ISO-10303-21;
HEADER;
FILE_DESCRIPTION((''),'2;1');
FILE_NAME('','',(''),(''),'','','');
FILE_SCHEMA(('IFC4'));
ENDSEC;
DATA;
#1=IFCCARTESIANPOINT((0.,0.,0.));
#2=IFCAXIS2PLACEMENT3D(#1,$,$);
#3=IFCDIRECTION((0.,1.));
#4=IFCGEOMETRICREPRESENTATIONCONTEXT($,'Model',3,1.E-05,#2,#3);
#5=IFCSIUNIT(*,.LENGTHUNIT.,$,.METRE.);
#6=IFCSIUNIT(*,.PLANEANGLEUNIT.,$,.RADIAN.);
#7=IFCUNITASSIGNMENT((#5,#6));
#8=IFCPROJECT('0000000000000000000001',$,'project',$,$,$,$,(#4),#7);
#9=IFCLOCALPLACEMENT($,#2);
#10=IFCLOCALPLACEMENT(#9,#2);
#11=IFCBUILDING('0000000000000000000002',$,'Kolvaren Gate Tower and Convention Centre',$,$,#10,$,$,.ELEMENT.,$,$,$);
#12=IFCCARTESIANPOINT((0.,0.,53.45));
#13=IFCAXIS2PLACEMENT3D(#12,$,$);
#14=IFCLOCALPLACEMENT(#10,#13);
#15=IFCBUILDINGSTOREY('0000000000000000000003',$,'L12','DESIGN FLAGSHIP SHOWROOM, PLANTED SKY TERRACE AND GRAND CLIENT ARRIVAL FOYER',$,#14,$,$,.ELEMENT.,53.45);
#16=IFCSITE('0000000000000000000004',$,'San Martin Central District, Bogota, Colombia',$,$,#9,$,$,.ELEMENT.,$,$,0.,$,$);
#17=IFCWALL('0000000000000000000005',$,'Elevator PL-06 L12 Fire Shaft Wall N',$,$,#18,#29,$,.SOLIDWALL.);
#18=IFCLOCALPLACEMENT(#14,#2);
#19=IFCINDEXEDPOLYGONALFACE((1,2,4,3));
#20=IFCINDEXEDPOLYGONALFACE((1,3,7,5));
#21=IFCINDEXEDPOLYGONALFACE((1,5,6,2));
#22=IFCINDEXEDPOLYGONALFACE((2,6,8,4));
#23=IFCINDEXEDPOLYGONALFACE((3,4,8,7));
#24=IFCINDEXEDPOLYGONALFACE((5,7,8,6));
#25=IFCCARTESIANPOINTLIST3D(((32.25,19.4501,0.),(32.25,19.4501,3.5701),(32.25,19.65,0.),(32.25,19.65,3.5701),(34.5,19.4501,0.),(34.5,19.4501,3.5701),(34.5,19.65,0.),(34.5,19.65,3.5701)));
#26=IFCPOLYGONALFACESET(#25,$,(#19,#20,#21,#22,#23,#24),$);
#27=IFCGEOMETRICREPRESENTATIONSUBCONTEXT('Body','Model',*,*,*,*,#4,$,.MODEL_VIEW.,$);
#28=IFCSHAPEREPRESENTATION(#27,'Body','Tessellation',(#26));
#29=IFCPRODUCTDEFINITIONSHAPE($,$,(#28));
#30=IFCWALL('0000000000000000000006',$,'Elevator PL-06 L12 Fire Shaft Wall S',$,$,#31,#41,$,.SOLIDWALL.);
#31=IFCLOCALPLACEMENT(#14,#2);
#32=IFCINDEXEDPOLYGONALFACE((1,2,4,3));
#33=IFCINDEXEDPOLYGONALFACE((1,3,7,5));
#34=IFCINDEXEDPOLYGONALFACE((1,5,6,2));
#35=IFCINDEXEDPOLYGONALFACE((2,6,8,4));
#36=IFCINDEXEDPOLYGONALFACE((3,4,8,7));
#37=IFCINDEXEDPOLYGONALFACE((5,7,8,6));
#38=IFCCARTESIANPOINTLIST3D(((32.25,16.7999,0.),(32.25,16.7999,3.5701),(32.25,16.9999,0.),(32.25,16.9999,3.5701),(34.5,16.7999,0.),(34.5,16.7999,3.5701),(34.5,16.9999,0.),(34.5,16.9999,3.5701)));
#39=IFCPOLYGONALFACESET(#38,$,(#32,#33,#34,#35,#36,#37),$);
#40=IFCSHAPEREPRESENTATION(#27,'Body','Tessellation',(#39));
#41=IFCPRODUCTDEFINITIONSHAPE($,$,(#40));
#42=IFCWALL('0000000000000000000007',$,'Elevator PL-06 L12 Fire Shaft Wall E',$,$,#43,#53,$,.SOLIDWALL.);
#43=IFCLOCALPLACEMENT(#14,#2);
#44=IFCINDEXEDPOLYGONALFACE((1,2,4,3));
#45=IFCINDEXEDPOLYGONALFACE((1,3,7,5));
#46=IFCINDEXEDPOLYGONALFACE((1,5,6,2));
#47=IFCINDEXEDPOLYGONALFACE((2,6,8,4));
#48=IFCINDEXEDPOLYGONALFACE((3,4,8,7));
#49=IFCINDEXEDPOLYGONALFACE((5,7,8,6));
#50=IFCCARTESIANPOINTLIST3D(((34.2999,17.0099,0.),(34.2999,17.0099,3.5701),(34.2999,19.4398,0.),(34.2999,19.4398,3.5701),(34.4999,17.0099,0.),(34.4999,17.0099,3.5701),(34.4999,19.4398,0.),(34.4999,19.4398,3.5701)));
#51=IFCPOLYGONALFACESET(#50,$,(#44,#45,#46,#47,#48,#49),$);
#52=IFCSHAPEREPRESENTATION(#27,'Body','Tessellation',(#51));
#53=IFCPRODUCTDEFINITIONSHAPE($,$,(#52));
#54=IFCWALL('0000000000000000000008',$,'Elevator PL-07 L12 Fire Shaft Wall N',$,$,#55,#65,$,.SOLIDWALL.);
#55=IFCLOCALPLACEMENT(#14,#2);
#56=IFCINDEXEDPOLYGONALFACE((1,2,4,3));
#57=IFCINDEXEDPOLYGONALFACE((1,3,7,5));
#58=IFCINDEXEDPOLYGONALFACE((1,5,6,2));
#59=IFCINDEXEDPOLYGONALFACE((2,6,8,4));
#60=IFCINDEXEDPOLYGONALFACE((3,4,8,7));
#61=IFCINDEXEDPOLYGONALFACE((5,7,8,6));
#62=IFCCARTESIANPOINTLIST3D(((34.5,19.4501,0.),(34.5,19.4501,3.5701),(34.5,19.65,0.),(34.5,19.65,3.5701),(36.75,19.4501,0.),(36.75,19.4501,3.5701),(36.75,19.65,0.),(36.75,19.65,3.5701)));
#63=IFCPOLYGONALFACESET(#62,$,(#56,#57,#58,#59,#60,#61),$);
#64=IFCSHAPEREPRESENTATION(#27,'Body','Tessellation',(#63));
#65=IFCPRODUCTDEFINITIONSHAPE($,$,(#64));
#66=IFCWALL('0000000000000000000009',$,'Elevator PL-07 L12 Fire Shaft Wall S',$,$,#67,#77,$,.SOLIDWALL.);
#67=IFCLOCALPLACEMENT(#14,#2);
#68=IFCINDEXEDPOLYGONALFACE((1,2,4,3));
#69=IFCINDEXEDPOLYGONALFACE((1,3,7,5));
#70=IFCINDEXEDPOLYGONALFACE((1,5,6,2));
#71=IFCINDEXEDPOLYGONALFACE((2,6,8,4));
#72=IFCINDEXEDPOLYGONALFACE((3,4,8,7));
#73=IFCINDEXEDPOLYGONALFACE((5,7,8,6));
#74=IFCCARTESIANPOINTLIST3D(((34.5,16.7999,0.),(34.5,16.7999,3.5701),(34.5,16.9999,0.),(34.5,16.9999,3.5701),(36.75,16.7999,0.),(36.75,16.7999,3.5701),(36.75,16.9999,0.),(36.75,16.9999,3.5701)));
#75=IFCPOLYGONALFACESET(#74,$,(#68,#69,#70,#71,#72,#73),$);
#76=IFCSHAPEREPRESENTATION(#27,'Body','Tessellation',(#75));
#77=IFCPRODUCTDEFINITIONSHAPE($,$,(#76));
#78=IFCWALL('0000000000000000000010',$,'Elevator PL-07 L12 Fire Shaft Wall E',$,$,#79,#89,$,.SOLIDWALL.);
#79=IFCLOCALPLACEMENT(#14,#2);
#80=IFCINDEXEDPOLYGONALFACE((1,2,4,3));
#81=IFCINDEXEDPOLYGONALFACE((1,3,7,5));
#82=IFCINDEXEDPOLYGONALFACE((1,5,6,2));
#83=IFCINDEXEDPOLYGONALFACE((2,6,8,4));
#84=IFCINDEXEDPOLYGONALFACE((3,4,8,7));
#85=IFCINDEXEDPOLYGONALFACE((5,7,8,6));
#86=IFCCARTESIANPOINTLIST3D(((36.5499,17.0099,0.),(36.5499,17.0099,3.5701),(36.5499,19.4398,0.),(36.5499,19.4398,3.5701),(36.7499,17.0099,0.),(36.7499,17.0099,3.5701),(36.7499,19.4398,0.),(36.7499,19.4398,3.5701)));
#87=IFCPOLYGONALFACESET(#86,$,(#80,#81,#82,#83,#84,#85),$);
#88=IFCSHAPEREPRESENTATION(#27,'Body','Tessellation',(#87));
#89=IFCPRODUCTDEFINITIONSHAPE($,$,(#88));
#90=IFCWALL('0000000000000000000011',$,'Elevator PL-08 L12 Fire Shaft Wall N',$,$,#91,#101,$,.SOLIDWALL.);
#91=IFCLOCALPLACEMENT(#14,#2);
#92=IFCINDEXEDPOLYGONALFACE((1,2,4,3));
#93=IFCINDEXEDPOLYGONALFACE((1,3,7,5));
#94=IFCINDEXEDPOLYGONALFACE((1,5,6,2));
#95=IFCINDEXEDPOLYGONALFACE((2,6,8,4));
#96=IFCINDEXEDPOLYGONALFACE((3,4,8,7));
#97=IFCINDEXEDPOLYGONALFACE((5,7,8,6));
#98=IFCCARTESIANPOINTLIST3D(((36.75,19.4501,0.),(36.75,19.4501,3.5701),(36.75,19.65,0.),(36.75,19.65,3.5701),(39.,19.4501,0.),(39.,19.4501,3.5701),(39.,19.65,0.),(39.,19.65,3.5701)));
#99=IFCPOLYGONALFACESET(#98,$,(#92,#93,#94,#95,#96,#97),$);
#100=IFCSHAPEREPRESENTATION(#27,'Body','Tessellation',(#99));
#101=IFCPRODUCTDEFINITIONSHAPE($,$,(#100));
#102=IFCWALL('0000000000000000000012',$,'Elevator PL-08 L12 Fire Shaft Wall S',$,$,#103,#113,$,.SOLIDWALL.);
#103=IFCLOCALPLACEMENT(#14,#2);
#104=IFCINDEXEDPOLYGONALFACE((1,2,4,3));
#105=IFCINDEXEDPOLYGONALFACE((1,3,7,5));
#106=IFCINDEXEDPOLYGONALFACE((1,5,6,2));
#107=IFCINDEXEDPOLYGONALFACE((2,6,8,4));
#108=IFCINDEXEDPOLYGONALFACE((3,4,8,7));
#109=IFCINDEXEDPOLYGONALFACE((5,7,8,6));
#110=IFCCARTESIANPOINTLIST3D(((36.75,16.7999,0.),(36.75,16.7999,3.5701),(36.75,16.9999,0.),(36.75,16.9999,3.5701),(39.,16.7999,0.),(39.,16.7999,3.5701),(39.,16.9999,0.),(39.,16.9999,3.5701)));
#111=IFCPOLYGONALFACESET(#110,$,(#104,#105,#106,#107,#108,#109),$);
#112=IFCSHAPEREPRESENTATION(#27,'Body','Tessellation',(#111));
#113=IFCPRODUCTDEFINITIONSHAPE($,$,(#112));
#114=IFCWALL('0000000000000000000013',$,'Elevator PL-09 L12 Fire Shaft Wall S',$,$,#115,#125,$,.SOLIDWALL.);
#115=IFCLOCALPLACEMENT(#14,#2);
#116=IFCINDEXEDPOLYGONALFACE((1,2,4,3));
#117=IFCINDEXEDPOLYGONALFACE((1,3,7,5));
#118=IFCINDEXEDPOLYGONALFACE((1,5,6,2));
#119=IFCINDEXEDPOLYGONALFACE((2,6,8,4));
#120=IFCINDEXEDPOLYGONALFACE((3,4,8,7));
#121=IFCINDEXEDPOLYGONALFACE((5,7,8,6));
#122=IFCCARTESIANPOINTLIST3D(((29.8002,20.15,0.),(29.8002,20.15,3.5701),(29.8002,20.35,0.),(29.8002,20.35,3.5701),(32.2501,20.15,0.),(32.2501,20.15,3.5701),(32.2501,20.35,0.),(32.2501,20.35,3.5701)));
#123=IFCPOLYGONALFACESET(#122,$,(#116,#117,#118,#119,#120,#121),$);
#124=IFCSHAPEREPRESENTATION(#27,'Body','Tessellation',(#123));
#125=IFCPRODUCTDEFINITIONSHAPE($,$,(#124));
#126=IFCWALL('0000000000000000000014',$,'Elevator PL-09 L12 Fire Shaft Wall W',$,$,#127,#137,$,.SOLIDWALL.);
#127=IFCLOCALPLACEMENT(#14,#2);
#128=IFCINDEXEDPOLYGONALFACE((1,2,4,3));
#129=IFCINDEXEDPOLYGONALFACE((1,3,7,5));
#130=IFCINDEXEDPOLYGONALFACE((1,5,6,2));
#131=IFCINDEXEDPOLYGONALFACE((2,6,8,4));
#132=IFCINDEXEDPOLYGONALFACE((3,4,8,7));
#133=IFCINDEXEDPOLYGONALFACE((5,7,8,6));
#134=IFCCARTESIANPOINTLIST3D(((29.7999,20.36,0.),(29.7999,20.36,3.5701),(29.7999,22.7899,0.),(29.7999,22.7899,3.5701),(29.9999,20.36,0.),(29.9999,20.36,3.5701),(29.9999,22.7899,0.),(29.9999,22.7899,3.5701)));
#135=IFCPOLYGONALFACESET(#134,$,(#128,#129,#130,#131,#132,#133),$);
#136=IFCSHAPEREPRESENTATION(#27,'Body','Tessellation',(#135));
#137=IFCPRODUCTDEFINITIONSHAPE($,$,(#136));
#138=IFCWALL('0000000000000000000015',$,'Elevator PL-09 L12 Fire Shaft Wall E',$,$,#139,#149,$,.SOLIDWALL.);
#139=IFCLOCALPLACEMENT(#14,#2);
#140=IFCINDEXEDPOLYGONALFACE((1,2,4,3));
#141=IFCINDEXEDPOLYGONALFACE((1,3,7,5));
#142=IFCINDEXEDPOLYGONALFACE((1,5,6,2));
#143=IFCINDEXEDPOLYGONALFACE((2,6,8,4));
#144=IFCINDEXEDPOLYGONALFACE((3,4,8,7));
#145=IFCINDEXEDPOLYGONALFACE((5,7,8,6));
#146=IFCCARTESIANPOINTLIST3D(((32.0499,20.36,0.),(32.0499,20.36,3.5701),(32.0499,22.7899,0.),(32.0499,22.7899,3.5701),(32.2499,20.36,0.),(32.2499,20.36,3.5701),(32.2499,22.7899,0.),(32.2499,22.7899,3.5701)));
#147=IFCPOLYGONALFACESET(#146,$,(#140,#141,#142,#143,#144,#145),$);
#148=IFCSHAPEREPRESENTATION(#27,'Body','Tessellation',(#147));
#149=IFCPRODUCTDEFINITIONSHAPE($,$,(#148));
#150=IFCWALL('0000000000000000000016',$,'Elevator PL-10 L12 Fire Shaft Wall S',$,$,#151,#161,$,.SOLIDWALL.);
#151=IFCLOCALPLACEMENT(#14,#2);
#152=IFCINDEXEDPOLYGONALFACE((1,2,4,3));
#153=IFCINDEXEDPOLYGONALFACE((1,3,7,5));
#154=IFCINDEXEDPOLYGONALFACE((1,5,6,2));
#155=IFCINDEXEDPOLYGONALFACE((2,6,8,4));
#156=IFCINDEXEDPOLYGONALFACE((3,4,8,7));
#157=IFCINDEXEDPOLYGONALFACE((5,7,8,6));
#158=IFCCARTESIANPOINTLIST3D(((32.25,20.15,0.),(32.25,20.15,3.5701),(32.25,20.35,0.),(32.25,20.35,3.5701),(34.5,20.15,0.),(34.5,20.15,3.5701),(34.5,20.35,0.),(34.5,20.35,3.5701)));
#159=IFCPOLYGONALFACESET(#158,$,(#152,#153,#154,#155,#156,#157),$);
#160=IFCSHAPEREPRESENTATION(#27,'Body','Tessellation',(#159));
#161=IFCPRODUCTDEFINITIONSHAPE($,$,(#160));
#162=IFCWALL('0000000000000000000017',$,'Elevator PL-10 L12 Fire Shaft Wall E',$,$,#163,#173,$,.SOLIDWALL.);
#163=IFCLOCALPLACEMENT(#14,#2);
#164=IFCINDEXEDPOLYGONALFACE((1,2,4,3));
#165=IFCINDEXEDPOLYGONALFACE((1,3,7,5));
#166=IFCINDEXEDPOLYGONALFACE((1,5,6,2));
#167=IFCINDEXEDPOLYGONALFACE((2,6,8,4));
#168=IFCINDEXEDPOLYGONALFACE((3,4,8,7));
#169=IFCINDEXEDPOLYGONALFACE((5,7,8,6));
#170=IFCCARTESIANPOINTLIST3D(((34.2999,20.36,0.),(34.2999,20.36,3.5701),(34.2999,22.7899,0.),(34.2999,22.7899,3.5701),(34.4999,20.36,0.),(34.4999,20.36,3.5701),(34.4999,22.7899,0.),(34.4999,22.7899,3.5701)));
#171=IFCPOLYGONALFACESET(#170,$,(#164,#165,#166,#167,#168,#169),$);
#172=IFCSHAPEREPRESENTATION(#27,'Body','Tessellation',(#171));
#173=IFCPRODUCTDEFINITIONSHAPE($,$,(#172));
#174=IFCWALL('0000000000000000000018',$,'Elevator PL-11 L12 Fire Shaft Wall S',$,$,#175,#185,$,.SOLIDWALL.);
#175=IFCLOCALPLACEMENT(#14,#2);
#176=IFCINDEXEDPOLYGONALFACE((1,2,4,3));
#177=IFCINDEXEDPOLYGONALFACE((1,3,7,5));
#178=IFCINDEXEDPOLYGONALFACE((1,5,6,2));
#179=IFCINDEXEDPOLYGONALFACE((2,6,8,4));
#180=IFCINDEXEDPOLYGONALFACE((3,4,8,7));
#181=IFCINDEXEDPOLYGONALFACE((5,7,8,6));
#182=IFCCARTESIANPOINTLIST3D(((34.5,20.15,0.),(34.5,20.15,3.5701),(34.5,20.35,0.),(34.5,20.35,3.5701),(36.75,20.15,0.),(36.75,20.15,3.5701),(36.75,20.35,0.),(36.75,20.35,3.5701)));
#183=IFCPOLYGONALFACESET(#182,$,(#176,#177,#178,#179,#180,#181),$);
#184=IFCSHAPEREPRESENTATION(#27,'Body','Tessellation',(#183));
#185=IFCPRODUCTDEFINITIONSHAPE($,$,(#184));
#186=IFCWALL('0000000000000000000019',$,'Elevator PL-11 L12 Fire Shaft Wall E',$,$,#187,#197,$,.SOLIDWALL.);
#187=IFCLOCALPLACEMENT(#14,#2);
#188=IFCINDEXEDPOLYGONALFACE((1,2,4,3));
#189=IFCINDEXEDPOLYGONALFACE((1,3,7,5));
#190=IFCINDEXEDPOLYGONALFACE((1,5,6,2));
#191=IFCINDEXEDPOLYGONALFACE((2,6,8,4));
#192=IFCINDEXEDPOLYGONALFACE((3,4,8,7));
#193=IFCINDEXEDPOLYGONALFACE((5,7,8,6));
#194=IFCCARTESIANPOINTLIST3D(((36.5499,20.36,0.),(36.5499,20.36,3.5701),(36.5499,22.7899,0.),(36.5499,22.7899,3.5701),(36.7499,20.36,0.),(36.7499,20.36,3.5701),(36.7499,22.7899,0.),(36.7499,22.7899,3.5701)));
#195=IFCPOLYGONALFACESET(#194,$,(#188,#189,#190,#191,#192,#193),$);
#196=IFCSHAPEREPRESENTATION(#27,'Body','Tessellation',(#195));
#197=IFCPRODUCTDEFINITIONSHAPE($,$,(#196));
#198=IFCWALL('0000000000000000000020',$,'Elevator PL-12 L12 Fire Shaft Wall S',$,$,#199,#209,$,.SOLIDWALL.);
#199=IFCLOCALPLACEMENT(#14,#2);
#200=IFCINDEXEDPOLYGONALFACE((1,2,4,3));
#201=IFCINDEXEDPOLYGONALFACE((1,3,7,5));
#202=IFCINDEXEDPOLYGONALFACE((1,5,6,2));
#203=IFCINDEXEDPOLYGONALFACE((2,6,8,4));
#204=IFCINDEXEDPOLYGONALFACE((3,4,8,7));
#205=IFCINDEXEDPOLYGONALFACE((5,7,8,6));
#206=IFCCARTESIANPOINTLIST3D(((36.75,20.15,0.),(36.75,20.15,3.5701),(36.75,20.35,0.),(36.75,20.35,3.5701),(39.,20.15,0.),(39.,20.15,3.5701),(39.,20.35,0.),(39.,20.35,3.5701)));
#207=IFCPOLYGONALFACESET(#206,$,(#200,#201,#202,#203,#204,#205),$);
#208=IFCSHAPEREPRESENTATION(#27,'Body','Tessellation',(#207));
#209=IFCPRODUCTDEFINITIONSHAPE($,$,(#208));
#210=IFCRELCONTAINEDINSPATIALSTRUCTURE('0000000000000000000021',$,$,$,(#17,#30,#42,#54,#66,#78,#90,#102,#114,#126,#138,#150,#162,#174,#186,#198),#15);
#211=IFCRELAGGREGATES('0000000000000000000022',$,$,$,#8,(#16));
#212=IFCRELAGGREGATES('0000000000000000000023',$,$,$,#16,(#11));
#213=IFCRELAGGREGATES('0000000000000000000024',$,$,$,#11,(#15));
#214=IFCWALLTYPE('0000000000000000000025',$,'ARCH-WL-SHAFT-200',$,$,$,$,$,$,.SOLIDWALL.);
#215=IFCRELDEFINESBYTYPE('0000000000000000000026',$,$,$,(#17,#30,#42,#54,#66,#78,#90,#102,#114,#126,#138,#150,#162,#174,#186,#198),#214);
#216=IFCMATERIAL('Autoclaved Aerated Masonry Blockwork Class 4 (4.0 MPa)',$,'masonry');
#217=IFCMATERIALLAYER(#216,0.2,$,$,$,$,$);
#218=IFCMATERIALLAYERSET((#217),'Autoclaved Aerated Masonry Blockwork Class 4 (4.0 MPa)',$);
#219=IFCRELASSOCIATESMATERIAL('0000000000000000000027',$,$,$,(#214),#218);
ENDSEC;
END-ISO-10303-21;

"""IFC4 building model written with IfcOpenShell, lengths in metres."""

from ifc_helpers import new_model, si_unit, direction, frame, frame_2d, origin, place, context, subcontext, project, spatial, rectangle, extrude, material, layer, layer_set, type_object, element, save


model = new_model("IFC4")

# Units and contexts
model_context = context("Model", 3, precision=1e-05, world=origin(), true_north=direction((0.0, 1.0)))
body_context = subcontext(model_context, "Body", "Model", "MODEL_VIEW")
ifc_project = project(units=[si_unit("LENGTHUNIT", "METRE"), si_unit("PLANEANGLEUNIT", "RADIAN")], contexts=[model_context])

# Site, building, storey
site_placement = place(None, origin())
site = spatial("IfcSite", under=ifc_project, at=site_placement, Name="San Martin Central District, Bogota, Colombia", CompositionType="ELEMENT", RefElevation=0.0)
building_placement = place(site_placement, origin())
building = spatial("IfcBuilding", under=site, at=building_placement, Name="Kolvaren Gate Tower and Convention Centre", CompositionType="ELEMENT")
storey_placement = place(building_placement, frame((0.0, 0.0, 53.45)))
storey = spatial("IfcBuildingStorey", under=building, at=storey_placement, Name="L12", Description="DESIGN FLAGSHIP SHOWROOM, PLANTED SKY TERRACE AND GRAND CLIENT ARRIVAL FOYER", CompositionType="ELEMENT", Elevation=53.45)

# Shared definitions
ifc_material_1 = material(Name="Autoclaved Aerated Masonry Blockwork Class 4 (4.0 MPa)", Category="masonry")

# Walls
ifc_layer_1 = layer(ifc_material_1, 0.2)
ifc_layer_set_1 = layer_set([ifc_layer_1], Name="Autoclaved Aerated Masonry Blockwork Class 4 (4.0 MPa)")
wall_type_1 = type_object("IfcWallType", Name="ARCH-WL-SHAFT-200", PredefinedType="SOLIDWALL", material=ifc_layer_set_1)
for number, where, z_axis, x_axis, name in (
    (1, (32.25, 19.55, 0.0), (0.0, 0.0, 1.0), (1.0, 0.0, 0.0), "Elevator PL-06 L12 Fire Shaft Wall N"),
    (2, (32.25, 16.8999, 0.0), (0.0, 0.0, 1.0), (1.0, 0.0, 0.0), "Elevator PL-06 L12 Fire Shaft Wall S"),
):
    element("IfcWall", number, at=place(storey_placement, frame(where, z_axis=z_axis, x_axis=x_axis)), inside=storey, type_object=wall_type_1, Name=name, PredefinedType="SOLIDWALL", context=body_context, shape_type="SweptSolid", body=[
        extrude(rectangle(XDim=2.25, YDim=0.2, at=frame_2d((1.125, 0.0))), origin(), (0.0, 0.0, 1.0), 3.5701),
    ])
wall_1_placement = place(storey_placement, frame((34.3999, 17.01, 0.0), z_axis=(0.0, 0.0, 1.0), x_axis=(0.0, 1.0, 0.0)))
element("IfcWall", 3, at=wall_1_placement, inside=storey, type_object=wall_type_1, Name="Elevator PL-06 L12 Fire Shaft Wall E", PredefinedType="SOLIDWALL", context=body_context, shape_type="SweptSolid", body=[
    extrude(rectangle(XDim=2.4299, YDim=0.2, at=frame_2d((1.2148, 0.0))), origin(), (0.0, 0.0, 1.0), 3.5701),
])
for number, where, z_axis, x_axis, name in (
    (4, (34.5, 19.55, 0.0), (0.0, 0.0, 1.0), (1.0, 0.0, 0.0), "Elevator PL-07 L12 Fire Shaft Wall N"),
    (5, (34.5, 16.8999, 0.0), (0.0, 0.0, 1.0), (1.0, 0.0, 0.0), "Elevator PL-07 L12 Fire Shaft Wall S"),
):
    element("IfcWall", number, at=place(storey_placement, frame(where, z_axis=z_axis, x_axis=x_axis)), inside=storey, type_object=wall_type_1, Name=name, PredefinedType="SOLIDWALL", context=body_context, shape_type="SweptSolid", body=[
        extrude(rectangle(XDim=2.25, YDim=0.2, at=frame_2d((1.125, 0.0))), origin(), (0.0, 0.0, 1.0), 3.5701),
    ])
wall_2_placement = place(storey_placement, frame((36.6499, 17.01, 0.0), z_axis=(0.0, 0.0, 1.0), x_axis=(0.0, 1.0, 0.0)))
element("IfcWall", 6, at=wall_2_placement, inside=storey, type_object=wall_type_1, Name="Elevator PL-07 L12 Fire Shaft Wall E", PredefinedType="SOLIDWALL", context=body_context, shape_type="SweptSolid", body=[
    extrude(rectangle(XDim=2.4299, YDim=0.2, at=frame_2d((1.2148, 0.0))), origin(), (0.0, 0.0, 1.0), 3.5701),
])
for number, where, z_axis, x_axis, name in (
    (7, (36.75, 19.55, 0.0), (0.0, 0.0, 1.0), (1.0, 0.0, 0.0), "Elevator PL-08 L12 Fire Shaft Wall N"),
    (8, (36.75, 16.8999, 0.0), (0.0, 0.0, 1.0), (1.0, 0.0, 0.0), "Elevator PL-08 L12 Fire Shaft Wall S"),
):
    element("IfcWall", number, at=place(storey_placement, frame(where, z_axis=z_axis, x_axis=x_axis)), inside=storey, type_object=wall_type_1, Name=name, PredefinedType="SOLIDWALL", context=body_context, shape_type="SweptSolid", body=[
        extrude(rectangle(XDim=2.25, YDim=0.2, at=frame_2d((1.125, 0.0))), origin(), (0.0, 0.0, 1.0), 3.5701),
    ])
wall_3_placement = place(storey_placement, frame((29.8, 20.25, 0.0), z_axis=(0.0, 0.0, 1.0), x_axis=(1.0, 0.0, 0.0)))
element("IfcWall", 9, at=wall_3_placement, inside=storey, type_object=wall_type_1, Name="Elevator PL-09 L12 Fire Shaft Wall S", PredefinedType="SOLIDWALL", context=body_context, shape_type="SweptSolid", body=[
    extrude(rectangle(XDim=2.45, YDim=0.2, at=frame_2d((1.2251, 0.0))), origin(), (0.0, 0.0, 1.0), 3.5701),
])
for number, where, z_axis, x_axis, name in (
    (10, (29.8999, 20.3601, 0.0), (0.0, 0.0, 1.0), (0.0, 1.0, 0.0), "Elevator PL-09 L12 Fire Shaft Wall W"),
    (11, (32.1499, 20.3601, 0.0), (0.0, 0.0, 1.0), (0.0, 1.0, 0.0), "Elevator PL-09 L12 Fire Shaft Wall E"),
):
    element("IfcWall", number, at=place(storey_placement, frame(where, z_axis=z_axis, x_axis=x_axis)), inside=storey, type_object=wall_type_1, Name=name, PredefinedType="SOLIDWALL", context=body_context, shape_type="SweptSolid", body=[
        extrude(rectangle(XDim=2.4299, YDim=0.2, at=frame_2d((1.2148, 0.0))), origin(), (0.0, 0.0, 1.0), 3.5701),
    ])
wall_4_placement = place(storey_placement, frame((32.25, 20.25, 0.0), z_axis=(0.0, 0.0, 1.0), x_axis=(1.0, 0.0, 0.0)))
element("IfcWall", 12, at=wall_4_placement, inside=storey, type_object=wall_type_1, Name="Elevator PL-10 L12 Fire Shaft Wall S", PredefinedType="SOLIDWALL", context=body_context, shape_type="SweptSolid", body=[
    extrude(rectangle(XDim=2.25, YDim=0.2, at=frame_2d((1.125, 0.0))), origin(), (0.0, 0.0, 1.0), 3.5701),
])
wall_5_placement = place(storey_placement, frame((34.3999, 20.3601, 0.0), z_axis=(0.0, 0.0, 1.0), x_axis=(0.0, 1.0, 0.0)))
element("IfcWall", 13, at=wall_5_placement, inside=storey, type_object=wall_type_1, Name="Elevator PL-10 L12 Fire Shaft Wall E", PredefinedType="SOLIDWALL", context=body_context, shape_type="SweptSolid", body=[
    extrude(rectangle(XDim=2.4299, YDim=0.2, at=frame_2d((1.2148, 0.0))), origin(), (0.0, 0.0, 1.0), 3.5701),
])
wall_6_placement = place(storey_placement, frame((34.5, 20.25, 0.0), z_axis=(0.0, 0.0, 1.0), x_axis=(1.0, 0.0, 0.0)))
element("IfcWall", 14, at=wall_6_placement, inside=storey, type_object=wall_type_1, Name="Elevator PL-11 L12 Fire Shaft Wall S", PredefinedType="SOLIDWALL", context=body_context, shape_type="SweptSolid", body=[
    extrude(rectangle(XDim=2.25, YDim=0.2, at=frame_2d((1.125, 0.0))), origin(), (0.0, 0.0, 1.0), 3.5701),
])
wall_7_placement = place(storey_placement, frame((36.6499, 20.3601, 0.0), z_axis=(0.0, 0.0, 1.0), x_axis=(0.0, 1.0, 0.0)))
element("IfcWall", 15, at=wall_7_placement, inside=storey, type_object=wall_type_1, Name="Elevator PL-11 L12 Fire Shaft Wall E", PredefinedType="SOLIDWALL", context=body_context, shape_type="SweptSolid", body=[
    extrude(rectangle(XDim=2.4299, YDim=0.2, at=frame_2d((1.2148, 0.0))), origin(), (0.0, 0.0, 1.0), 3.5701),
])
wall_8_placement = place(storey_placement, frame((36.75, 20.25, 0.0), z_axis=(0.0, 0.0, 1.0), x_axis=(1.0, 0.0, 0.0)))
element("IfcWall", 16, at=wall_8_placement, inside=storey, type_object=wall_type_1, Name="Elevator PL-12 L12 Fire Shaft Wall S", PredefinedType="SOLIDWALL", context=body_context, shape_type="SweptSolid", body=[
    extrude(rectangle(XDim=2.25, YDim=0.2, at=frame_2d((1.125, 0.0))), origin(), (0.0, 0.0, 1.0), 3.5701),
])

save(model, "model.ifc")
